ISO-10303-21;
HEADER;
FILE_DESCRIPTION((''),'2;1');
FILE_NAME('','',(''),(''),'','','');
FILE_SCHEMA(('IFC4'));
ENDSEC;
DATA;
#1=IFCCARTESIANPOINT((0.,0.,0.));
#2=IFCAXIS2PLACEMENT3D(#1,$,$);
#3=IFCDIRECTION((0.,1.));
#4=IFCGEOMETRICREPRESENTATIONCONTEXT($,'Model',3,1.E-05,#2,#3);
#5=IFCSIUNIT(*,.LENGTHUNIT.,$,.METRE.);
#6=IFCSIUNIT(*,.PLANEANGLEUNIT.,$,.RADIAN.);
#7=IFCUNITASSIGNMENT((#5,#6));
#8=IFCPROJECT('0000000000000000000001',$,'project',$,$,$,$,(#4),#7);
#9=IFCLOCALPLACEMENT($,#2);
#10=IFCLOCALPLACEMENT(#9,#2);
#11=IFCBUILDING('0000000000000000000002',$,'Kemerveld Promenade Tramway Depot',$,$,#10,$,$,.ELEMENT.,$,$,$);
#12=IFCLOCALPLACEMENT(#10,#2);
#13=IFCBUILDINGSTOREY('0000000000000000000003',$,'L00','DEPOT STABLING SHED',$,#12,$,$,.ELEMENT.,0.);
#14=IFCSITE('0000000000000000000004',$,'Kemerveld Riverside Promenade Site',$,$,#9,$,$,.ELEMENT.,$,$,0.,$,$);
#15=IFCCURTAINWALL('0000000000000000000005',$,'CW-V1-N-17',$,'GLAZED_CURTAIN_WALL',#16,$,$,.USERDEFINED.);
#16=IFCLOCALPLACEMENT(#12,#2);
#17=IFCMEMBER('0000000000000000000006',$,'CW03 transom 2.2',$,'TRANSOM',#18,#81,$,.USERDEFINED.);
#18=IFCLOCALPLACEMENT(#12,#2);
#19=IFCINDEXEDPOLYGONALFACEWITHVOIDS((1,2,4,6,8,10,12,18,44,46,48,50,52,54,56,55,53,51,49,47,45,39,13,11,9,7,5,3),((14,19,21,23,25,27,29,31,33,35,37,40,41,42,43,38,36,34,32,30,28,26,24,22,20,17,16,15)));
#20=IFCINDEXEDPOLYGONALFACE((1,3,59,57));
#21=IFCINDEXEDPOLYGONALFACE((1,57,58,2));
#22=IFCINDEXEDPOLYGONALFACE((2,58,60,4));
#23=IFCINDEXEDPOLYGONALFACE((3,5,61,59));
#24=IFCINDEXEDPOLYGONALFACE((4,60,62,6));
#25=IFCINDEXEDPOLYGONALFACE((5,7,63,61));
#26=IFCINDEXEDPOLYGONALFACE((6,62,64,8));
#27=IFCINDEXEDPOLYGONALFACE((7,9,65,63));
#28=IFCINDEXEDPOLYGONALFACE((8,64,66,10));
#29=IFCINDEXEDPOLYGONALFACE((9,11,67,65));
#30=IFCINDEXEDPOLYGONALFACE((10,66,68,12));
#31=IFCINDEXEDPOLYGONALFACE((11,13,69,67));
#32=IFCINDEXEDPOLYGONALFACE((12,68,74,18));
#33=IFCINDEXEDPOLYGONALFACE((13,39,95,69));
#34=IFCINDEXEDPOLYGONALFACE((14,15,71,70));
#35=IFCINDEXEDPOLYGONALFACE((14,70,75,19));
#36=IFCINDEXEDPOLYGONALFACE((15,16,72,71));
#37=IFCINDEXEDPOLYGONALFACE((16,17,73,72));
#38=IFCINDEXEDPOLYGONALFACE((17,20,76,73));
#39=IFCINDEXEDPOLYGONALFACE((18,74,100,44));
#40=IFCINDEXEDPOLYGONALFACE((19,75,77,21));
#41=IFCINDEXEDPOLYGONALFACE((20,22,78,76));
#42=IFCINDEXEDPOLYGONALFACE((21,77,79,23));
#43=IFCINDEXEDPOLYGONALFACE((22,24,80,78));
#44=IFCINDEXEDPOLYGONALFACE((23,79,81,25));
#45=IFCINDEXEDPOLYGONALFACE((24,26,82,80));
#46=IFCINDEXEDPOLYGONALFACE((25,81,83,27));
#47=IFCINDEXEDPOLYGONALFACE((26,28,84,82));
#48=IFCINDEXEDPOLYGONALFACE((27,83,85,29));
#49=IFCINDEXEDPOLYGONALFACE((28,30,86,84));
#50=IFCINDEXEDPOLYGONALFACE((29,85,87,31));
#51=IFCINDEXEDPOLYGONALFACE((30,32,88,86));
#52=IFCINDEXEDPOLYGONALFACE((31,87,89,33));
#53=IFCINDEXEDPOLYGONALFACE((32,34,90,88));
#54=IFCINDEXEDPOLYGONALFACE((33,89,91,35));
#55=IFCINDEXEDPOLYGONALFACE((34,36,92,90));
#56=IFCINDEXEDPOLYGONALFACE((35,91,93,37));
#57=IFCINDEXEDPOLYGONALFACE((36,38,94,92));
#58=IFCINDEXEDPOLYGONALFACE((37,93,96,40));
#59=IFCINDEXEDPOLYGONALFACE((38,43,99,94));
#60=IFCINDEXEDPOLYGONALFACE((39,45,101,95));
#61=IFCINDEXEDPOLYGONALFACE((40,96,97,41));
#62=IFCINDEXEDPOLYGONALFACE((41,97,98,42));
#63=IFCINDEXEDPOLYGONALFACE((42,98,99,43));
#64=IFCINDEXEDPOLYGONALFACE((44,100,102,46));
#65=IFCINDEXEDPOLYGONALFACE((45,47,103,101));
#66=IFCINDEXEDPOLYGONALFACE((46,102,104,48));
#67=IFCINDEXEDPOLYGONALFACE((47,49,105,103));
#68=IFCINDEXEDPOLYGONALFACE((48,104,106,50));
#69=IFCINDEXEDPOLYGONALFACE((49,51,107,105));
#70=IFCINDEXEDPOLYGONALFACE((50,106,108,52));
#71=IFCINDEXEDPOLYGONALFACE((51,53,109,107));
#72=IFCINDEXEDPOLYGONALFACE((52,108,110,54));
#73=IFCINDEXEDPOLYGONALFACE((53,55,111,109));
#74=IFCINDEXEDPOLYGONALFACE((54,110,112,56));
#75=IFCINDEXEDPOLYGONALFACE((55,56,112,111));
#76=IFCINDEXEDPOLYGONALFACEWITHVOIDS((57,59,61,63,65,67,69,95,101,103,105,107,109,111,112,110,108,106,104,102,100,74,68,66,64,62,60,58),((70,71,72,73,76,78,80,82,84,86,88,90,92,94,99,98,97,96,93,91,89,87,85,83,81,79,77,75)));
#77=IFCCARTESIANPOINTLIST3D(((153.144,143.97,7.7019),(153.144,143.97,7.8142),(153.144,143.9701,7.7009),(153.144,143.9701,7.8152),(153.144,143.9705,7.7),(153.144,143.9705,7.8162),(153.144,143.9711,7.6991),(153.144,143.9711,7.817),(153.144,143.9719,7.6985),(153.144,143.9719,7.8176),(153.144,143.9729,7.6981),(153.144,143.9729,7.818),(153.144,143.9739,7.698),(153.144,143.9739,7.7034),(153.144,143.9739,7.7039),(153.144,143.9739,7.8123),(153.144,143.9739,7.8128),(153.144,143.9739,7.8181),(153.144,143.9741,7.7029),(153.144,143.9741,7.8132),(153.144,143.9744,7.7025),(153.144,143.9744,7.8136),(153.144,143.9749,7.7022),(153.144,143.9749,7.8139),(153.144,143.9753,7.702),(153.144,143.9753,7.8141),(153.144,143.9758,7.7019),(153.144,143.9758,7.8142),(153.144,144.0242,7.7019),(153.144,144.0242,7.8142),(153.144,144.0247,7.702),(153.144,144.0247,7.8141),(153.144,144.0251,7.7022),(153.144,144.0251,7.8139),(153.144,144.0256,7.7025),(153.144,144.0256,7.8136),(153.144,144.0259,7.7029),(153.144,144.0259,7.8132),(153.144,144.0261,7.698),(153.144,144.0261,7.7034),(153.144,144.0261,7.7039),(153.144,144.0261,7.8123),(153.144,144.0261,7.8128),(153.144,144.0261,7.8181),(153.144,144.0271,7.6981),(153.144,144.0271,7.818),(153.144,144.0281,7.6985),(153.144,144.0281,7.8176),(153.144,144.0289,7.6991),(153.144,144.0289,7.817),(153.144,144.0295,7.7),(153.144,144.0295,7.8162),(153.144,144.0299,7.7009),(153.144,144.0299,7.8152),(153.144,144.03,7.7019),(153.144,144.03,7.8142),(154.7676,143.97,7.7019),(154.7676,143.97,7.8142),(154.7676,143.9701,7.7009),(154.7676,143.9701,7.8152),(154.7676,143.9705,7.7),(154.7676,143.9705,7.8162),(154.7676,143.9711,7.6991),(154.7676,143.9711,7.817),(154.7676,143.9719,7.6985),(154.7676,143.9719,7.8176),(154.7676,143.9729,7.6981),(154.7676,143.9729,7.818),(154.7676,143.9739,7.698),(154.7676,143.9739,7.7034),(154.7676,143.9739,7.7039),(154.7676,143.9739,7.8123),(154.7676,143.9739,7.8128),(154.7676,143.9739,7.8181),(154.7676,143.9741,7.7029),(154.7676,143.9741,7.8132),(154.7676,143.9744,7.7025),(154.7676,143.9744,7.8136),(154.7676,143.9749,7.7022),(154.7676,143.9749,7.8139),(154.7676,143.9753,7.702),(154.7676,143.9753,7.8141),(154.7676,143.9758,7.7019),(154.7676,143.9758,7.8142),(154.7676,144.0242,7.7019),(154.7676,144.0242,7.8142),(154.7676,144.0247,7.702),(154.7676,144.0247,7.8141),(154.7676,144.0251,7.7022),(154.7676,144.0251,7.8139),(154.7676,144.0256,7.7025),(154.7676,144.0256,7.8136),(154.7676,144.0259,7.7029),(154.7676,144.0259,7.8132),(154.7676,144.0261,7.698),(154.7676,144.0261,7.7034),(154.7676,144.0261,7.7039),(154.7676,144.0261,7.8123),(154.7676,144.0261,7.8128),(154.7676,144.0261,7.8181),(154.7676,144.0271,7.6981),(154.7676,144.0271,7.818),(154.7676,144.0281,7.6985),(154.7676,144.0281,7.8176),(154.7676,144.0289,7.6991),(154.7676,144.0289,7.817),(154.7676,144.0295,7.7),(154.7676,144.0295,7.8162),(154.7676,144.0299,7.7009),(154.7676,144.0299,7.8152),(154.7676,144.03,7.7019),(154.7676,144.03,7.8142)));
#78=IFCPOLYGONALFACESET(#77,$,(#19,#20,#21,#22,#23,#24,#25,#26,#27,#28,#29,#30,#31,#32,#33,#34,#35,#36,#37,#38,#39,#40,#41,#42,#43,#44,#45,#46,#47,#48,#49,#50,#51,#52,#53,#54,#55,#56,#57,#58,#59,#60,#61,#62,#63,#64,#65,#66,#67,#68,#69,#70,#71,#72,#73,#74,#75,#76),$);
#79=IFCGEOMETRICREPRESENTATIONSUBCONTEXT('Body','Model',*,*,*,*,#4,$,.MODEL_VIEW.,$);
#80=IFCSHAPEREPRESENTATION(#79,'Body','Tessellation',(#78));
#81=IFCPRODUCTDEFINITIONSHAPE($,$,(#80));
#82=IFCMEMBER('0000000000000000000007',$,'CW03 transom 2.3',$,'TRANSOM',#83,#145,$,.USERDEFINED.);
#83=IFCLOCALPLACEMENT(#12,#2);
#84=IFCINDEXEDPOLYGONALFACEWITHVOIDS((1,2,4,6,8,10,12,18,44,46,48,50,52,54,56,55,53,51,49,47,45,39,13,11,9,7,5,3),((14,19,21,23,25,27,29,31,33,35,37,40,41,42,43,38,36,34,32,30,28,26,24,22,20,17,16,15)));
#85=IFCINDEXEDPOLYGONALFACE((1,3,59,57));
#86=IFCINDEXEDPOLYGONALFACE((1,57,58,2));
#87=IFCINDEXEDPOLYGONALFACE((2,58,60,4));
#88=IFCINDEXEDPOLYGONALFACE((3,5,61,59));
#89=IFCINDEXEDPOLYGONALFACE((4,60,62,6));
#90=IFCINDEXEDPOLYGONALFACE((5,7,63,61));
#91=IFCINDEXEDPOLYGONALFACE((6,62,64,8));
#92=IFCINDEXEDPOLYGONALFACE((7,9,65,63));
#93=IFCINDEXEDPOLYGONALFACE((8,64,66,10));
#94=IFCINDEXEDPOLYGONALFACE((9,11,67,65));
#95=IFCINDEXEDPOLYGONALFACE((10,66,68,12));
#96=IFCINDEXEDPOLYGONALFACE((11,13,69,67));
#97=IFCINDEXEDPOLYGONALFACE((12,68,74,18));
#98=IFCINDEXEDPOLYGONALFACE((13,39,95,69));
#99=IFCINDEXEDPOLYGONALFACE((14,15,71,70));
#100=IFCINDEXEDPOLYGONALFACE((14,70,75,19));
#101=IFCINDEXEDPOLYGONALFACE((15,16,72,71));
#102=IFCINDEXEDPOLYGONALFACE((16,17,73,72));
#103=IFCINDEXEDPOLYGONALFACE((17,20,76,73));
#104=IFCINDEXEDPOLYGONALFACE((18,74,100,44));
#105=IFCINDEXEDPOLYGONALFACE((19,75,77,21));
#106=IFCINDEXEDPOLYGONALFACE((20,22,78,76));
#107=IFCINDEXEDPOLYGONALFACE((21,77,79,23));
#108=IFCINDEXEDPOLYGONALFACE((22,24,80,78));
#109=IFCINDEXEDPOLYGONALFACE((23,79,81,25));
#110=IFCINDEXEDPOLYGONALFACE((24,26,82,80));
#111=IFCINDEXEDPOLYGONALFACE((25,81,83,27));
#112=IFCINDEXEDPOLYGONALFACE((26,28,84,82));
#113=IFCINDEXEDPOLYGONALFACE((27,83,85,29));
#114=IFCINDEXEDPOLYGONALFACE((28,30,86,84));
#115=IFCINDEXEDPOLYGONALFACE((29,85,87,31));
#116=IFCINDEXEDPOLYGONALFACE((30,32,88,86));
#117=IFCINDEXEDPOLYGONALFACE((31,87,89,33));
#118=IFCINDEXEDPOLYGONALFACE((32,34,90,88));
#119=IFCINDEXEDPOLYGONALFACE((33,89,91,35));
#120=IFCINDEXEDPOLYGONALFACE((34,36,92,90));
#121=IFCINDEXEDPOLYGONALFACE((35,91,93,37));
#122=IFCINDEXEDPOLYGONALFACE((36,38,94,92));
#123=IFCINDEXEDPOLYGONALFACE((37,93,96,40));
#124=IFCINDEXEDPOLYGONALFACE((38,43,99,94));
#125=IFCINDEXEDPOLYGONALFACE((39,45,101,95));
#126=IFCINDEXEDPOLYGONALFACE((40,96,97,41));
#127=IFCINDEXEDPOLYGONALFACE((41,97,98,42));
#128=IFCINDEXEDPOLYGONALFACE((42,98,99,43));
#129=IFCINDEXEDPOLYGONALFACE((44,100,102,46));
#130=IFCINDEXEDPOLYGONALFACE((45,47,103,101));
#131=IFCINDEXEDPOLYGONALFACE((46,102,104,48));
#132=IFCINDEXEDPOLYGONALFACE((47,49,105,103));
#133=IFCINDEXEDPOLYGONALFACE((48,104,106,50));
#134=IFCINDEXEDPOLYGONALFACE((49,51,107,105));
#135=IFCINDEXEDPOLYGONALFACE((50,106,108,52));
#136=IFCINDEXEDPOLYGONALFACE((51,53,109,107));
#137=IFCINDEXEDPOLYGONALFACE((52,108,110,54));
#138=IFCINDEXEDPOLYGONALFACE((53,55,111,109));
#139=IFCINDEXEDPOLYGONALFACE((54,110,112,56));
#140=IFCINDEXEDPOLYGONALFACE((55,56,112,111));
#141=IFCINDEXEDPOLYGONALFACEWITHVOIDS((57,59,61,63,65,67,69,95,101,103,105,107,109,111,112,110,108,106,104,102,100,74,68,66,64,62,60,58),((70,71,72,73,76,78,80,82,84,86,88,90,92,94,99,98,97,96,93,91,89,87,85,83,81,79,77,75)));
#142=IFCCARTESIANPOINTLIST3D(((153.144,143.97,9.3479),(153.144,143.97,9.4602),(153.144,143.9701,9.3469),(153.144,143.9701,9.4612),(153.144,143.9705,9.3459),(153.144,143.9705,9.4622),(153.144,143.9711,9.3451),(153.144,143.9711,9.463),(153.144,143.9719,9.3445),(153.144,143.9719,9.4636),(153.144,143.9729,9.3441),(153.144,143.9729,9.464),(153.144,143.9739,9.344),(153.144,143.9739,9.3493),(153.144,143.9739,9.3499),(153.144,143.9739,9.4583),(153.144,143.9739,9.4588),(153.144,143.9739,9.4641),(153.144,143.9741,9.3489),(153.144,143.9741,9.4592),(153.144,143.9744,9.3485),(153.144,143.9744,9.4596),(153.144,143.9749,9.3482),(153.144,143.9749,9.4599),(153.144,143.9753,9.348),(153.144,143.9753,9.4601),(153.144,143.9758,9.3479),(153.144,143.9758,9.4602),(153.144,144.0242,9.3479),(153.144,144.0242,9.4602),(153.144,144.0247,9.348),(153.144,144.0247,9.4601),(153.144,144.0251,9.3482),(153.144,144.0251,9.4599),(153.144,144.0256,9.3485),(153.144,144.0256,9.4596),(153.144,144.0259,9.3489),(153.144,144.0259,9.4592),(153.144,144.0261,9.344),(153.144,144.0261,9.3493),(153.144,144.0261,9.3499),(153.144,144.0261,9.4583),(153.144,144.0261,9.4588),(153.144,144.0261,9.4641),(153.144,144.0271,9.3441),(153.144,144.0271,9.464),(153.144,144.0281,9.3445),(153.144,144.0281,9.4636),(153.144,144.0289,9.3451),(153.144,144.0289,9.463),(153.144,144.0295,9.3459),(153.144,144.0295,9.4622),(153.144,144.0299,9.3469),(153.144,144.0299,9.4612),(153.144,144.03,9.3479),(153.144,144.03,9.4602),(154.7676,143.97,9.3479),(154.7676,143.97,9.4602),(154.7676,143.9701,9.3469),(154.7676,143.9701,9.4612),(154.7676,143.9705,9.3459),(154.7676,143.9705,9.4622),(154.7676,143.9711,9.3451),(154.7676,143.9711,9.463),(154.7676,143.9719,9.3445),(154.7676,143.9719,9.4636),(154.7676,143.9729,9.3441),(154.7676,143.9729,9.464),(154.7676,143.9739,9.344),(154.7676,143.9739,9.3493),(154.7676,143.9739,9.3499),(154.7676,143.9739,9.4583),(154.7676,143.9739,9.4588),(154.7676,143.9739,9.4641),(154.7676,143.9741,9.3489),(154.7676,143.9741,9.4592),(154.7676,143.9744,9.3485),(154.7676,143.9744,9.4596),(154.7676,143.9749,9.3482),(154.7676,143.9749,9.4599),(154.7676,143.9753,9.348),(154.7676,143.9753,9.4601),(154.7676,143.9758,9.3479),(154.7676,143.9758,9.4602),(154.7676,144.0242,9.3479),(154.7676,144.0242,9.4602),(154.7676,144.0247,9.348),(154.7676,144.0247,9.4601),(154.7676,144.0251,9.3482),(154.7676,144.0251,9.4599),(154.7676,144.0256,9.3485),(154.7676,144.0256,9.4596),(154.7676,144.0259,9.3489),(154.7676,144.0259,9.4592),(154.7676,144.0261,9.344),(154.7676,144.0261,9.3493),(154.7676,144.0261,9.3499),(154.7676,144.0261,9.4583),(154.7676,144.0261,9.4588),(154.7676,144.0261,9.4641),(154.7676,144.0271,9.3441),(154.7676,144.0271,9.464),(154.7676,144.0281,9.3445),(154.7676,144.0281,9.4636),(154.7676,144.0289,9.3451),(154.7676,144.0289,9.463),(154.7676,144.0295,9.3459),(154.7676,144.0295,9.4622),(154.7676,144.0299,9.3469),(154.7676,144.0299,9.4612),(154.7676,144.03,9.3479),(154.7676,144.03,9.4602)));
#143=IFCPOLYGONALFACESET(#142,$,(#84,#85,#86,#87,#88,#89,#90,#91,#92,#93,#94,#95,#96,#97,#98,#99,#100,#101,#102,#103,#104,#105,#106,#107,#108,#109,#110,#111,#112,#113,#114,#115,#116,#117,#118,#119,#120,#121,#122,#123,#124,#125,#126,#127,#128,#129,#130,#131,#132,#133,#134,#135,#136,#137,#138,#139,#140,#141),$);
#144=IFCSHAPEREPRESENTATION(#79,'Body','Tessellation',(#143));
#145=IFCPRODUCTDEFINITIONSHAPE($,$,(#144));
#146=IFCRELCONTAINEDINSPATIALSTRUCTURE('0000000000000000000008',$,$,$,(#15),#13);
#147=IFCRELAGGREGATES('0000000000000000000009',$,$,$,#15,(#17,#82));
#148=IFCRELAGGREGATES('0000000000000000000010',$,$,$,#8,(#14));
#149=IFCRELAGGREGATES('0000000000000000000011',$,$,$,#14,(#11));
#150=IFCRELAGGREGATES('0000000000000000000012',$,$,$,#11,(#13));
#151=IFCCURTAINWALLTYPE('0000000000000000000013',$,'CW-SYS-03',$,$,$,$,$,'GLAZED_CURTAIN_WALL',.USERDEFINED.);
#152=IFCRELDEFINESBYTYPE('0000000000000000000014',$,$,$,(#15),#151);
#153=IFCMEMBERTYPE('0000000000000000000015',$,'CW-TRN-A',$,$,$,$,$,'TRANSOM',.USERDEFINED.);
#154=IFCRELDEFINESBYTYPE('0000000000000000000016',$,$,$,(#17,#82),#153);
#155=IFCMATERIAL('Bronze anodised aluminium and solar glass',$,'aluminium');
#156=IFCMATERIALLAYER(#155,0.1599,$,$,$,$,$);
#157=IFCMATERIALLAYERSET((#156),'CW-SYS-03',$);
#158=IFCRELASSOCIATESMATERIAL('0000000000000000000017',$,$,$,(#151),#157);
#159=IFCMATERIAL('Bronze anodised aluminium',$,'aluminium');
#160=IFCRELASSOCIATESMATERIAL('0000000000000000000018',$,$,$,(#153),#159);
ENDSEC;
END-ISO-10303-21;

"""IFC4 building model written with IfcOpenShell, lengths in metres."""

from ifc_helpers import new_model, si_unit, direction, frame, origin, origin_2d, place, context, subcontext, project, spatial, hollow_rectangle, extrude, material, layer, layer_set, material_profile, profile_set, type_object, element, aggregate, save


model = new_model("IFC4")

# Units and contexts
model_context = context("Model", 3, precision=1e-05, world=origin(), true_north=direction((0.0, 1.0)))
body_context = subcontext(model_context, "Body", "Model", "MODEL_VIEW")
ifc_project = project(units=[si_unit("LENGTHUNIT", "METRE"), si_unit("PLANEANGLEUNIT", "RADIAN")], contexts=[model_context])

# Site, building, storey
site_placement = place(None, origin())
site = spatial("IfcSite", under=ifc_project, at=site_placement, Name="Kemerveld Riverside Promenade Site", CompositionType="ELEMENT", RefElevation=0.0)
building_placement = place(site_placement, origin())
building = spatial("IfcBuilding", under=site, at=building_placement, Name="Kemerveld Promenade Tramway Depot", CompositionType="ELEMENT")
storey_placement = place(building_placement, origin())
storey = spatial("IfcBuildingStorey", under=building, at=storey_placement, Name="L00", Description="DEPOT STABLING SHED", CompositionType="ELEMENT", Elevation=0.0)

# Curtain wall, members
ifc_material_1 = material(Name="Bronze anodised aluminium and solar glass", Category="aluminium")
ifc_layer_1 = layer(ifc_material_1, 0.1599)
ifc_layer_set_1 = layer_set([ifc_layer_1], Name="CW-SYS-03")
curtain_wall_type = type_object("IfcCurtainWallType", Name="CW-SYS-03", ElementType="GLAZED_CURTAIN_WALL", PredefinedType="USERDEFINED", material=ifc_layer_set_1)
curtain_wall_placement = place(storey_placement, origin())
curtain_wall = element("IfcCurtainWall", 1, at=curtain_wall_placement, inside=storey, type_object=curtain_wall_type, Name="CW-V1-N-17", ObjectType="GLAZED_CURTAIN_WALL", PredefinedType="USERDEFINED")
ifc_material_2 = material(Name="Bronze anodised aluminium", Category="aluminium")
ifc_material_profile_1 = material_profile(ifc_material_2, hollow_rectangle(XDim=0.0601, YDim=0.1201, WallThickness=0.0039, InnerFilletRadius=0.002, OuterFilletRadius=0.0039, at=origin_2d()), Name="CW-TRN-120x60")
ifc_profile_set_1 = profile_set([ifc_material_profile_1], Name="Bronze anodised aluminium")
member_type_1 = type_object("IfcMemberType", Name="CW-TRN-A", ElementType="TRANSOM", PredefinedType="USERDEFINED", material=ifc_profile_set_1)
member_1_placement = place(storey_placement, frame((153.144, 144.0, 7.7581), z_axis=(1.0, 0.0, 0.0), x_axis=(0.0, 1.0, 0.0)))
member_1 = element("IfcMember", 2, at=member_1_placement, type_object=member_type_1, Name="CW03 transom 2.2", ObjectType="TRANSOM", PredefinedType="USERDEFINED", context=body_context, shape_type="SweptSolid", body=[
    extrude(hollow_rectangle(XDim=0.0601, YDim=0.1201, WallThickness=0.0039, InnerFilletRadius=0.002, OuterFilletRadius=0.0039, at=origin_2d()), origin(), (0.0, 0.0, 1.0), 1.6235),
])
member_2_placement = place(storey_placement, frame((153.144, 144.0, 9.4041), z_axis=(1.0, 0.0, 0.0), x_axis=(0.0, 1.0, 0.0)))
member_2 = element("IfcMember", 3, at=member_2_placement, type_object=member_type_1, Name="CW03 transom 2.3", ObjectType="TRANSOM", PredefinedType="USERDEFINED", context=body_context, shape_type="SweptSolid", body=[
    extrude(hollow_rectangle(XDim=0.0601, YDim=0.1201, WallThickness=0.0039, InnerFilletRadius=0.002, OuterFilletRadius=0.0039, at=origin_2d()), origin(), (0.0, 0.0, 1.0), 1.6235),
])
aggregate(curtain_wall, [member_1, member_2])

save(model, "model.ifc")
